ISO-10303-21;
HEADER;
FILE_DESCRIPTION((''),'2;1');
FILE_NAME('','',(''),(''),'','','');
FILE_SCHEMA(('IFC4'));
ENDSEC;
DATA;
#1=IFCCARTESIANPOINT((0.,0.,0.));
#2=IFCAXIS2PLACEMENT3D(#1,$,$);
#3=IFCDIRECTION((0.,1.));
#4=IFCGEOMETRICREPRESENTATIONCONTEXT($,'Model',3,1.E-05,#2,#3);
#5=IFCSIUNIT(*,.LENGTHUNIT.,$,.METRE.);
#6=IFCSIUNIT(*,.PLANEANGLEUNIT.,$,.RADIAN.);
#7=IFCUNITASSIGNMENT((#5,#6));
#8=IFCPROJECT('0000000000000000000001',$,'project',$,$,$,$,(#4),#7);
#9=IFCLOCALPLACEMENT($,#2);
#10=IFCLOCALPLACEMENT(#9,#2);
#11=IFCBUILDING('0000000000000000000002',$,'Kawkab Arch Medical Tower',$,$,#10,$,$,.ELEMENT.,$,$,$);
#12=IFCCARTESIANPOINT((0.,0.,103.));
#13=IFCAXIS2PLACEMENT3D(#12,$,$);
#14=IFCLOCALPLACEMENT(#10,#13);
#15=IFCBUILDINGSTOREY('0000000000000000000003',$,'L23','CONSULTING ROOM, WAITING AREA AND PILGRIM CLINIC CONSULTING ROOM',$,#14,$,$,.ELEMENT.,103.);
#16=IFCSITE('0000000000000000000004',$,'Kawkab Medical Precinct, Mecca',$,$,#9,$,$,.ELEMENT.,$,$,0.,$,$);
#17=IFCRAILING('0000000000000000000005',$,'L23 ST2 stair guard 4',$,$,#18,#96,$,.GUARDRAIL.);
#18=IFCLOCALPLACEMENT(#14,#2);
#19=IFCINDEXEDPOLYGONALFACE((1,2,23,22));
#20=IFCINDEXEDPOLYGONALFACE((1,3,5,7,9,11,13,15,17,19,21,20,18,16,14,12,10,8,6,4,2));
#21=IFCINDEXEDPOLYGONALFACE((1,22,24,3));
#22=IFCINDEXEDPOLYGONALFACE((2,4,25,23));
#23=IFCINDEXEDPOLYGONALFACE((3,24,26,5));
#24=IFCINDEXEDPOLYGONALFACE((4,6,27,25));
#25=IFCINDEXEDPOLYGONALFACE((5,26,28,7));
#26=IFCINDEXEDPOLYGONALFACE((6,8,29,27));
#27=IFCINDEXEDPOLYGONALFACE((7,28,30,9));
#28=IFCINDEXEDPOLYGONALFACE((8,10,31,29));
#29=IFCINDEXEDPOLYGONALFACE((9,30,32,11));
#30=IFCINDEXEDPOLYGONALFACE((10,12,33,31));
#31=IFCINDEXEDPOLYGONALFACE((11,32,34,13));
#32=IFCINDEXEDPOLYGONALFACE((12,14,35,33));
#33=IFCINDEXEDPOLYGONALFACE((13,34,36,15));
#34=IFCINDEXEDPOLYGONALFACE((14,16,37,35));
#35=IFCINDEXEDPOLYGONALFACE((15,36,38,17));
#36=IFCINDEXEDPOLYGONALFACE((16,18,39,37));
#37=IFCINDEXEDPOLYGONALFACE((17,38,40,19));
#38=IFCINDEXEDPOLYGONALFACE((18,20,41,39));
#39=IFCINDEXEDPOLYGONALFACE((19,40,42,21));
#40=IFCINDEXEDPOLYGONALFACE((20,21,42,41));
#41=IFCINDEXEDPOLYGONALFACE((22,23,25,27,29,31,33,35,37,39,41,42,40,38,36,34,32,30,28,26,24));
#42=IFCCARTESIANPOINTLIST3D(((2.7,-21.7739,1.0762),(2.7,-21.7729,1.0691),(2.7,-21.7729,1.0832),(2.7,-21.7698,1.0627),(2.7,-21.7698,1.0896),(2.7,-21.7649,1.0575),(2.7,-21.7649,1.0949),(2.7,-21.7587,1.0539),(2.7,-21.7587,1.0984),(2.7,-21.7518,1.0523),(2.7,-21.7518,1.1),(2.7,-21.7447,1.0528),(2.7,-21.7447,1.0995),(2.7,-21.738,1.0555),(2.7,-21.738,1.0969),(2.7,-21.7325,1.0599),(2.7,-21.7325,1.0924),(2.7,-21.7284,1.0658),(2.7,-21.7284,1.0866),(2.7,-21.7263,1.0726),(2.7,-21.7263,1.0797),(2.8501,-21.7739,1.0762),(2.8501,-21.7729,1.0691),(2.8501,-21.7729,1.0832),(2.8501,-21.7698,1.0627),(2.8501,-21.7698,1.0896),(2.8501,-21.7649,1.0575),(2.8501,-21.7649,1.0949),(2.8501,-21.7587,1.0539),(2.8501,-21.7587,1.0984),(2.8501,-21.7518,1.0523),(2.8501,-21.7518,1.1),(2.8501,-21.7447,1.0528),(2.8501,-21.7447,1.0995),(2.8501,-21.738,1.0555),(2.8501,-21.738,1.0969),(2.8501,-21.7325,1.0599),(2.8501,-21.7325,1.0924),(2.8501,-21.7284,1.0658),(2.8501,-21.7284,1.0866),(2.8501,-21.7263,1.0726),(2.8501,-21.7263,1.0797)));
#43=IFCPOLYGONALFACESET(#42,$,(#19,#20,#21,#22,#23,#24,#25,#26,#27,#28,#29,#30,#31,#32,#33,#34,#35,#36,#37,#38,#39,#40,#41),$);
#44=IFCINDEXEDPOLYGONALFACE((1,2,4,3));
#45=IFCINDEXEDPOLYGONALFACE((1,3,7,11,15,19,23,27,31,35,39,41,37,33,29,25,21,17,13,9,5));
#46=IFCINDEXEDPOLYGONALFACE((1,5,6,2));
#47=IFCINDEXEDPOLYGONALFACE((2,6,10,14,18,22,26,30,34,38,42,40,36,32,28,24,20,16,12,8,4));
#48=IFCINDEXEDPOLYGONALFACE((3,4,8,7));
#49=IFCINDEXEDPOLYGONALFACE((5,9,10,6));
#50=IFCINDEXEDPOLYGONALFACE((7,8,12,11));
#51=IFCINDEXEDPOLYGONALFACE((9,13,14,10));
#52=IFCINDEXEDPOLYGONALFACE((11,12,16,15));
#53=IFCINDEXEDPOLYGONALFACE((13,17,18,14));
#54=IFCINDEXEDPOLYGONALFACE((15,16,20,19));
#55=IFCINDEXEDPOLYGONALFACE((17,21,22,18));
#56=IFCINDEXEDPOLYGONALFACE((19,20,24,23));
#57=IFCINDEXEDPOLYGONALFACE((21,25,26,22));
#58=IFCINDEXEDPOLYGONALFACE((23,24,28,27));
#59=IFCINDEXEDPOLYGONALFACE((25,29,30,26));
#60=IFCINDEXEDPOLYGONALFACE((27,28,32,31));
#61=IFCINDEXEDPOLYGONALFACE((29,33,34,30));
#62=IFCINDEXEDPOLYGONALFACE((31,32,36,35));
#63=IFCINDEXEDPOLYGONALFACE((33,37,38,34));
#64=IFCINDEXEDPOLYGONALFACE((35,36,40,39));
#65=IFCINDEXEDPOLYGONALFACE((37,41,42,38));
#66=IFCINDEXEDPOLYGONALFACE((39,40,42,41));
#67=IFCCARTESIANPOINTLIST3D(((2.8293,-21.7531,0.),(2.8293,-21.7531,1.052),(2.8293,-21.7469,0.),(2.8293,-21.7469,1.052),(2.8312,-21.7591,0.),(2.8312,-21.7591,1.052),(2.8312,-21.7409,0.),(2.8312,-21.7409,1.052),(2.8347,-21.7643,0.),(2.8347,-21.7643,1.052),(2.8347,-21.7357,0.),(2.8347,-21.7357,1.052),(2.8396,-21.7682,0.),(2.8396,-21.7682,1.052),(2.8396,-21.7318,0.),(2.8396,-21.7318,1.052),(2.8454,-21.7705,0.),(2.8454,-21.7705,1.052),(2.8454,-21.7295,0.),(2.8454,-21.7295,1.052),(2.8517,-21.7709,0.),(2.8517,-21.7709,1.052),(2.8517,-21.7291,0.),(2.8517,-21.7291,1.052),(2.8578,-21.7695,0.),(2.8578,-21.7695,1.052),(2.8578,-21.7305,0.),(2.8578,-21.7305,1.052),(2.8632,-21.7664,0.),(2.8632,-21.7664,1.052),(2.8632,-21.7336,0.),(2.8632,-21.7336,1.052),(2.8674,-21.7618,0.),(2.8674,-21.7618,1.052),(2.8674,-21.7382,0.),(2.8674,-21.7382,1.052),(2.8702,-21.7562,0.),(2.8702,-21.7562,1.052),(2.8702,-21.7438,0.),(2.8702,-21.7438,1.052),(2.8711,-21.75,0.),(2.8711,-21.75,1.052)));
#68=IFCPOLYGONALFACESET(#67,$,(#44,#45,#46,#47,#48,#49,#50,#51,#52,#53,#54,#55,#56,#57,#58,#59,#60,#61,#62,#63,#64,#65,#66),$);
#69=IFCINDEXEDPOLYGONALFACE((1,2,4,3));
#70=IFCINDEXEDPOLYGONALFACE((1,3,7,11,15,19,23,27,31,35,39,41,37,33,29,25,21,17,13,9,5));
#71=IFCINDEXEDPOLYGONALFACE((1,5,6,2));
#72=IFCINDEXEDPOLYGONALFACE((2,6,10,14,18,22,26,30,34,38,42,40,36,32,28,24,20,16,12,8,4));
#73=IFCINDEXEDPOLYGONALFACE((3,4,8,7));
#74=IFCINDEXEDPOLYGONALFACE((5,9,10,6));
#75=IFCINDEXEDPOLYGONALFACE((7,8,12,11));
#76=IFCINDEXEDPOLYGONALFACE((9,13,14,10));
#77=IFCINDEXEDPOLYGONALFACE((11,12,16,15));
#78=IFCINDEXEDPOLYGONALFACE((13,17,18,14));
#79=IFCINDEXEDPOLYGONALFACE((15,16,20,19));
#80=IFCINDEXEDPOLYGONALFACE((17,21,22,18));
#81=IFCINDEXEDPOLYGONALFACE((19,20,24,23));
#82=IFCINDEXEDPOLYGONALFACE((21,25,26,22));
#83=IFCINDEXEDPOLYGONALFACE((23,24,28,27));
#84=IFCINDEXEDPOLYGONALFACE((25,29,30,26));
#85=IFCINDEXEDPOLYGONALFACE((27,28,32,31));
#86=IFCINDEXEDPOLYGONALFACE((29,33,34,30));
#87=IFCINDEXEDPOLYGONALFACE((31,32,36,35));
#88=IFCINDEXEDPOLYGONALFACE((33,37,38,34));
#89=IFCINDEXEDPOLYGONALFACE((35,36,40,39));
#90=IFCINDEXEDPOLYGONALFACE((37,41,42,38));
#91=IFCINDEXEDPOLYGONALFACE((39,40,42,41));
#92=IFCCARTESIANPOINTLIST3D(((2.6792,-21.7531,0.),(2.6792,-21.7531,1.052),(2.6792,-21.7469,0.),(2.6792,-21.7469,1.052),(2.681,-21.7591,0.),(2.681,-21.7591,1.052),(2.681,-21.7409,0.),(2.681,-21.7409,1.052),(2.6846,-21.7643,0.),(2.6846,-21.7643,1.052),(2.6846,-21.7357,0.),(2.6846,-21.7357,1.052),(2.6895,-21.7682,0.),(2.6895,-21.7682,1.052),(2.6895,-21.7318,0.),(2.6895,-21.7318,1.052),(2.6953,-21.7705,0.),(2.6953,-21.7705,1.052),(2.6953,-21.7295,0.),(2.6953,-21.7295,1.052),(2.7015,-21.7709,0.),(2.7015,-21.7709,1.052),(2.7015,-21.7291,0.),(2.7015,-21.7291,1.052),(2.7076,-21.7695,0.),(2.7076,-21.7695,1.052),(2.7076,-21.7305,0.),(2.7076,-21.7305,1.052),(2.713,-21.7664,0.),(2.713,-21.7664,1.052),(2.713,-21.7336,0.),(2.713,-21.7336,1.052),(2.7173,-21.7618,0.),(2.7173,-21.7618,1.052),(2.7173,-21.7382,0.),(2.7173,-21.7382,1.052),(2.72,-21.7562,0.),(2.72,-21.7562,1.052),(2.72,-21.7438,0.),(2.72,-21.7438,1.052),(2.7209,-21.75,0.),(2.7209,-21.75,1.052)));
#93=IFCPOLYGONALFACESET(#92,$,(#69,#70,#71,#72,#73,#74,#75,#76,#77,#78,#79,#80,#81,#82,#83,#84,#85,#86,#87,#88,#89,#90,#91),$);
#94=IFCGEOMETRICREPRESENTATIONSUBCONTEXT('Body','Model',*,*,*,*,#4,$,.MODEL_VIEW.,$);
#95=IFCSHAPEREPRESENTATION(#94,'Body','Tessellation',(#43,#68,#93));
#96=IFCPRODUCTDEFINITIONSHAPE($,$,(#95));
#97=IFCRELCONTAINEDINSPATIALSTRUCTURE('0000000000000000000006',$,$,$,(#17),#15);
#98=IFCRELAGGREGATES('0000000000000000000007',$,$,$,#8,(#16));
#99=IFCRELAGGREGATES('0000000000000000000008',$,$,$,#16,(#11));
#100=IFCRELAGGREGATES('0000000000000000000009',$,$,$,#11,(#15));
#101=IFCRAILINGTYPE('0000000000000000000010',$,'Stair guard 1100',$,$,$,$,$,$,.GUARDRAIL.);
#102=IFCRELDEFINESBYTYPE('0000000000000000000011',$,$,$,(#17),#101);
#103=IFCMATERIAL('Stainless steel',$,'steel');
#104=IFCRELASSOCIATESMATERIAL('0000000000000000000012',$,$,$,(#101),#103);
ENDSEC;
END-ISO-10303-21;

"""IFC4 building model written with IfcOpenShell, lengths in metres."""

from ifc_helpers import new_model, si_unit, direction, frame, origin, origin_2d, place, context, subcontext, project, spatial, circle, extrude, material, type_object, element, save


model = new_model("IFC4")

# Units and contexts
model_context = context("Model", 3, precision=1e-05, world=origin(), true_north=direction((0.0, 1.0)))
body_context = subcontext(model_context, "Body", "Model", "MODEL_VIEW")
ifc_project = project(units=[si_unit("LENGTHUNIT", "METRE"), si_unit("PLANEANGLEUNIT", "RADIAN")], contexts=[model_context])

# Site, building, storey
site_placement = place(None, origin())
site = spatial("IfcSite", under=ifc_project, at=site_placement, Name="Kawkab Medical Precinct, Mecca", CompositionType="ELEMENT", RefElevation=0.0)
building_placement = place(site_placement, origin())
building = spatial("IfcBuilding", under=site, at=building_placement, Name="Kawkab Arch Medical Tower", CompositionType="ELEMENT")
storey_placement = place(building_placement, frame((0.0, 0.0, 103.0)))
storey = spatial("IfcBuildingStorey", under=building, at=storey_placement, Name="L23", Description="CONSULTING ROOM, WAITING AREA AND PILGRIM CLINIC CONSULTING ROOM", CompositionType="ELEMENT", Elevation=103.0)

# Railing
ifc_material_1 = material(Name="Stainless steel", Category="steel")
railing_type_1 = type_object("IfcRailingType", Name="Stair guard 1100", PredefinedType="GUARDRAIL", material=ifc_material_1)
railing_1_placement = place(storey_placement, frame((2.8501, -21.75, 0.0)))
element("IfcRailing", 1, at=railing_1_placement, inside=storey, type_object=railing_type_1, Name="L23 ST2 stair guard 4", PredefinedType="GUARDRAIL", context=body_context, shape_type="SweptSolid", body=[
    extrude(circle(Radius=0.0239, at=origin_2d()), frame((0.0, 0.0, 1.0762), z_axis=(-1.0, 0.0, 0.0), x_axis=(0.0, -1.0, 0.0)), (0.0, 0.0, 1.0), 0.1501),
    extrude(circle(Radius=0.021, at=origin_2d()), origin(), (0.0, 0.0, 1.0), 1.052),
    extrude(circle(Radius=0.021, at=origin_2d()), frame((-0.1501, 0.0, 0.0)), (0.0, 0.0, 1.0), 1.052),
])

save(model, "model.ifc")
